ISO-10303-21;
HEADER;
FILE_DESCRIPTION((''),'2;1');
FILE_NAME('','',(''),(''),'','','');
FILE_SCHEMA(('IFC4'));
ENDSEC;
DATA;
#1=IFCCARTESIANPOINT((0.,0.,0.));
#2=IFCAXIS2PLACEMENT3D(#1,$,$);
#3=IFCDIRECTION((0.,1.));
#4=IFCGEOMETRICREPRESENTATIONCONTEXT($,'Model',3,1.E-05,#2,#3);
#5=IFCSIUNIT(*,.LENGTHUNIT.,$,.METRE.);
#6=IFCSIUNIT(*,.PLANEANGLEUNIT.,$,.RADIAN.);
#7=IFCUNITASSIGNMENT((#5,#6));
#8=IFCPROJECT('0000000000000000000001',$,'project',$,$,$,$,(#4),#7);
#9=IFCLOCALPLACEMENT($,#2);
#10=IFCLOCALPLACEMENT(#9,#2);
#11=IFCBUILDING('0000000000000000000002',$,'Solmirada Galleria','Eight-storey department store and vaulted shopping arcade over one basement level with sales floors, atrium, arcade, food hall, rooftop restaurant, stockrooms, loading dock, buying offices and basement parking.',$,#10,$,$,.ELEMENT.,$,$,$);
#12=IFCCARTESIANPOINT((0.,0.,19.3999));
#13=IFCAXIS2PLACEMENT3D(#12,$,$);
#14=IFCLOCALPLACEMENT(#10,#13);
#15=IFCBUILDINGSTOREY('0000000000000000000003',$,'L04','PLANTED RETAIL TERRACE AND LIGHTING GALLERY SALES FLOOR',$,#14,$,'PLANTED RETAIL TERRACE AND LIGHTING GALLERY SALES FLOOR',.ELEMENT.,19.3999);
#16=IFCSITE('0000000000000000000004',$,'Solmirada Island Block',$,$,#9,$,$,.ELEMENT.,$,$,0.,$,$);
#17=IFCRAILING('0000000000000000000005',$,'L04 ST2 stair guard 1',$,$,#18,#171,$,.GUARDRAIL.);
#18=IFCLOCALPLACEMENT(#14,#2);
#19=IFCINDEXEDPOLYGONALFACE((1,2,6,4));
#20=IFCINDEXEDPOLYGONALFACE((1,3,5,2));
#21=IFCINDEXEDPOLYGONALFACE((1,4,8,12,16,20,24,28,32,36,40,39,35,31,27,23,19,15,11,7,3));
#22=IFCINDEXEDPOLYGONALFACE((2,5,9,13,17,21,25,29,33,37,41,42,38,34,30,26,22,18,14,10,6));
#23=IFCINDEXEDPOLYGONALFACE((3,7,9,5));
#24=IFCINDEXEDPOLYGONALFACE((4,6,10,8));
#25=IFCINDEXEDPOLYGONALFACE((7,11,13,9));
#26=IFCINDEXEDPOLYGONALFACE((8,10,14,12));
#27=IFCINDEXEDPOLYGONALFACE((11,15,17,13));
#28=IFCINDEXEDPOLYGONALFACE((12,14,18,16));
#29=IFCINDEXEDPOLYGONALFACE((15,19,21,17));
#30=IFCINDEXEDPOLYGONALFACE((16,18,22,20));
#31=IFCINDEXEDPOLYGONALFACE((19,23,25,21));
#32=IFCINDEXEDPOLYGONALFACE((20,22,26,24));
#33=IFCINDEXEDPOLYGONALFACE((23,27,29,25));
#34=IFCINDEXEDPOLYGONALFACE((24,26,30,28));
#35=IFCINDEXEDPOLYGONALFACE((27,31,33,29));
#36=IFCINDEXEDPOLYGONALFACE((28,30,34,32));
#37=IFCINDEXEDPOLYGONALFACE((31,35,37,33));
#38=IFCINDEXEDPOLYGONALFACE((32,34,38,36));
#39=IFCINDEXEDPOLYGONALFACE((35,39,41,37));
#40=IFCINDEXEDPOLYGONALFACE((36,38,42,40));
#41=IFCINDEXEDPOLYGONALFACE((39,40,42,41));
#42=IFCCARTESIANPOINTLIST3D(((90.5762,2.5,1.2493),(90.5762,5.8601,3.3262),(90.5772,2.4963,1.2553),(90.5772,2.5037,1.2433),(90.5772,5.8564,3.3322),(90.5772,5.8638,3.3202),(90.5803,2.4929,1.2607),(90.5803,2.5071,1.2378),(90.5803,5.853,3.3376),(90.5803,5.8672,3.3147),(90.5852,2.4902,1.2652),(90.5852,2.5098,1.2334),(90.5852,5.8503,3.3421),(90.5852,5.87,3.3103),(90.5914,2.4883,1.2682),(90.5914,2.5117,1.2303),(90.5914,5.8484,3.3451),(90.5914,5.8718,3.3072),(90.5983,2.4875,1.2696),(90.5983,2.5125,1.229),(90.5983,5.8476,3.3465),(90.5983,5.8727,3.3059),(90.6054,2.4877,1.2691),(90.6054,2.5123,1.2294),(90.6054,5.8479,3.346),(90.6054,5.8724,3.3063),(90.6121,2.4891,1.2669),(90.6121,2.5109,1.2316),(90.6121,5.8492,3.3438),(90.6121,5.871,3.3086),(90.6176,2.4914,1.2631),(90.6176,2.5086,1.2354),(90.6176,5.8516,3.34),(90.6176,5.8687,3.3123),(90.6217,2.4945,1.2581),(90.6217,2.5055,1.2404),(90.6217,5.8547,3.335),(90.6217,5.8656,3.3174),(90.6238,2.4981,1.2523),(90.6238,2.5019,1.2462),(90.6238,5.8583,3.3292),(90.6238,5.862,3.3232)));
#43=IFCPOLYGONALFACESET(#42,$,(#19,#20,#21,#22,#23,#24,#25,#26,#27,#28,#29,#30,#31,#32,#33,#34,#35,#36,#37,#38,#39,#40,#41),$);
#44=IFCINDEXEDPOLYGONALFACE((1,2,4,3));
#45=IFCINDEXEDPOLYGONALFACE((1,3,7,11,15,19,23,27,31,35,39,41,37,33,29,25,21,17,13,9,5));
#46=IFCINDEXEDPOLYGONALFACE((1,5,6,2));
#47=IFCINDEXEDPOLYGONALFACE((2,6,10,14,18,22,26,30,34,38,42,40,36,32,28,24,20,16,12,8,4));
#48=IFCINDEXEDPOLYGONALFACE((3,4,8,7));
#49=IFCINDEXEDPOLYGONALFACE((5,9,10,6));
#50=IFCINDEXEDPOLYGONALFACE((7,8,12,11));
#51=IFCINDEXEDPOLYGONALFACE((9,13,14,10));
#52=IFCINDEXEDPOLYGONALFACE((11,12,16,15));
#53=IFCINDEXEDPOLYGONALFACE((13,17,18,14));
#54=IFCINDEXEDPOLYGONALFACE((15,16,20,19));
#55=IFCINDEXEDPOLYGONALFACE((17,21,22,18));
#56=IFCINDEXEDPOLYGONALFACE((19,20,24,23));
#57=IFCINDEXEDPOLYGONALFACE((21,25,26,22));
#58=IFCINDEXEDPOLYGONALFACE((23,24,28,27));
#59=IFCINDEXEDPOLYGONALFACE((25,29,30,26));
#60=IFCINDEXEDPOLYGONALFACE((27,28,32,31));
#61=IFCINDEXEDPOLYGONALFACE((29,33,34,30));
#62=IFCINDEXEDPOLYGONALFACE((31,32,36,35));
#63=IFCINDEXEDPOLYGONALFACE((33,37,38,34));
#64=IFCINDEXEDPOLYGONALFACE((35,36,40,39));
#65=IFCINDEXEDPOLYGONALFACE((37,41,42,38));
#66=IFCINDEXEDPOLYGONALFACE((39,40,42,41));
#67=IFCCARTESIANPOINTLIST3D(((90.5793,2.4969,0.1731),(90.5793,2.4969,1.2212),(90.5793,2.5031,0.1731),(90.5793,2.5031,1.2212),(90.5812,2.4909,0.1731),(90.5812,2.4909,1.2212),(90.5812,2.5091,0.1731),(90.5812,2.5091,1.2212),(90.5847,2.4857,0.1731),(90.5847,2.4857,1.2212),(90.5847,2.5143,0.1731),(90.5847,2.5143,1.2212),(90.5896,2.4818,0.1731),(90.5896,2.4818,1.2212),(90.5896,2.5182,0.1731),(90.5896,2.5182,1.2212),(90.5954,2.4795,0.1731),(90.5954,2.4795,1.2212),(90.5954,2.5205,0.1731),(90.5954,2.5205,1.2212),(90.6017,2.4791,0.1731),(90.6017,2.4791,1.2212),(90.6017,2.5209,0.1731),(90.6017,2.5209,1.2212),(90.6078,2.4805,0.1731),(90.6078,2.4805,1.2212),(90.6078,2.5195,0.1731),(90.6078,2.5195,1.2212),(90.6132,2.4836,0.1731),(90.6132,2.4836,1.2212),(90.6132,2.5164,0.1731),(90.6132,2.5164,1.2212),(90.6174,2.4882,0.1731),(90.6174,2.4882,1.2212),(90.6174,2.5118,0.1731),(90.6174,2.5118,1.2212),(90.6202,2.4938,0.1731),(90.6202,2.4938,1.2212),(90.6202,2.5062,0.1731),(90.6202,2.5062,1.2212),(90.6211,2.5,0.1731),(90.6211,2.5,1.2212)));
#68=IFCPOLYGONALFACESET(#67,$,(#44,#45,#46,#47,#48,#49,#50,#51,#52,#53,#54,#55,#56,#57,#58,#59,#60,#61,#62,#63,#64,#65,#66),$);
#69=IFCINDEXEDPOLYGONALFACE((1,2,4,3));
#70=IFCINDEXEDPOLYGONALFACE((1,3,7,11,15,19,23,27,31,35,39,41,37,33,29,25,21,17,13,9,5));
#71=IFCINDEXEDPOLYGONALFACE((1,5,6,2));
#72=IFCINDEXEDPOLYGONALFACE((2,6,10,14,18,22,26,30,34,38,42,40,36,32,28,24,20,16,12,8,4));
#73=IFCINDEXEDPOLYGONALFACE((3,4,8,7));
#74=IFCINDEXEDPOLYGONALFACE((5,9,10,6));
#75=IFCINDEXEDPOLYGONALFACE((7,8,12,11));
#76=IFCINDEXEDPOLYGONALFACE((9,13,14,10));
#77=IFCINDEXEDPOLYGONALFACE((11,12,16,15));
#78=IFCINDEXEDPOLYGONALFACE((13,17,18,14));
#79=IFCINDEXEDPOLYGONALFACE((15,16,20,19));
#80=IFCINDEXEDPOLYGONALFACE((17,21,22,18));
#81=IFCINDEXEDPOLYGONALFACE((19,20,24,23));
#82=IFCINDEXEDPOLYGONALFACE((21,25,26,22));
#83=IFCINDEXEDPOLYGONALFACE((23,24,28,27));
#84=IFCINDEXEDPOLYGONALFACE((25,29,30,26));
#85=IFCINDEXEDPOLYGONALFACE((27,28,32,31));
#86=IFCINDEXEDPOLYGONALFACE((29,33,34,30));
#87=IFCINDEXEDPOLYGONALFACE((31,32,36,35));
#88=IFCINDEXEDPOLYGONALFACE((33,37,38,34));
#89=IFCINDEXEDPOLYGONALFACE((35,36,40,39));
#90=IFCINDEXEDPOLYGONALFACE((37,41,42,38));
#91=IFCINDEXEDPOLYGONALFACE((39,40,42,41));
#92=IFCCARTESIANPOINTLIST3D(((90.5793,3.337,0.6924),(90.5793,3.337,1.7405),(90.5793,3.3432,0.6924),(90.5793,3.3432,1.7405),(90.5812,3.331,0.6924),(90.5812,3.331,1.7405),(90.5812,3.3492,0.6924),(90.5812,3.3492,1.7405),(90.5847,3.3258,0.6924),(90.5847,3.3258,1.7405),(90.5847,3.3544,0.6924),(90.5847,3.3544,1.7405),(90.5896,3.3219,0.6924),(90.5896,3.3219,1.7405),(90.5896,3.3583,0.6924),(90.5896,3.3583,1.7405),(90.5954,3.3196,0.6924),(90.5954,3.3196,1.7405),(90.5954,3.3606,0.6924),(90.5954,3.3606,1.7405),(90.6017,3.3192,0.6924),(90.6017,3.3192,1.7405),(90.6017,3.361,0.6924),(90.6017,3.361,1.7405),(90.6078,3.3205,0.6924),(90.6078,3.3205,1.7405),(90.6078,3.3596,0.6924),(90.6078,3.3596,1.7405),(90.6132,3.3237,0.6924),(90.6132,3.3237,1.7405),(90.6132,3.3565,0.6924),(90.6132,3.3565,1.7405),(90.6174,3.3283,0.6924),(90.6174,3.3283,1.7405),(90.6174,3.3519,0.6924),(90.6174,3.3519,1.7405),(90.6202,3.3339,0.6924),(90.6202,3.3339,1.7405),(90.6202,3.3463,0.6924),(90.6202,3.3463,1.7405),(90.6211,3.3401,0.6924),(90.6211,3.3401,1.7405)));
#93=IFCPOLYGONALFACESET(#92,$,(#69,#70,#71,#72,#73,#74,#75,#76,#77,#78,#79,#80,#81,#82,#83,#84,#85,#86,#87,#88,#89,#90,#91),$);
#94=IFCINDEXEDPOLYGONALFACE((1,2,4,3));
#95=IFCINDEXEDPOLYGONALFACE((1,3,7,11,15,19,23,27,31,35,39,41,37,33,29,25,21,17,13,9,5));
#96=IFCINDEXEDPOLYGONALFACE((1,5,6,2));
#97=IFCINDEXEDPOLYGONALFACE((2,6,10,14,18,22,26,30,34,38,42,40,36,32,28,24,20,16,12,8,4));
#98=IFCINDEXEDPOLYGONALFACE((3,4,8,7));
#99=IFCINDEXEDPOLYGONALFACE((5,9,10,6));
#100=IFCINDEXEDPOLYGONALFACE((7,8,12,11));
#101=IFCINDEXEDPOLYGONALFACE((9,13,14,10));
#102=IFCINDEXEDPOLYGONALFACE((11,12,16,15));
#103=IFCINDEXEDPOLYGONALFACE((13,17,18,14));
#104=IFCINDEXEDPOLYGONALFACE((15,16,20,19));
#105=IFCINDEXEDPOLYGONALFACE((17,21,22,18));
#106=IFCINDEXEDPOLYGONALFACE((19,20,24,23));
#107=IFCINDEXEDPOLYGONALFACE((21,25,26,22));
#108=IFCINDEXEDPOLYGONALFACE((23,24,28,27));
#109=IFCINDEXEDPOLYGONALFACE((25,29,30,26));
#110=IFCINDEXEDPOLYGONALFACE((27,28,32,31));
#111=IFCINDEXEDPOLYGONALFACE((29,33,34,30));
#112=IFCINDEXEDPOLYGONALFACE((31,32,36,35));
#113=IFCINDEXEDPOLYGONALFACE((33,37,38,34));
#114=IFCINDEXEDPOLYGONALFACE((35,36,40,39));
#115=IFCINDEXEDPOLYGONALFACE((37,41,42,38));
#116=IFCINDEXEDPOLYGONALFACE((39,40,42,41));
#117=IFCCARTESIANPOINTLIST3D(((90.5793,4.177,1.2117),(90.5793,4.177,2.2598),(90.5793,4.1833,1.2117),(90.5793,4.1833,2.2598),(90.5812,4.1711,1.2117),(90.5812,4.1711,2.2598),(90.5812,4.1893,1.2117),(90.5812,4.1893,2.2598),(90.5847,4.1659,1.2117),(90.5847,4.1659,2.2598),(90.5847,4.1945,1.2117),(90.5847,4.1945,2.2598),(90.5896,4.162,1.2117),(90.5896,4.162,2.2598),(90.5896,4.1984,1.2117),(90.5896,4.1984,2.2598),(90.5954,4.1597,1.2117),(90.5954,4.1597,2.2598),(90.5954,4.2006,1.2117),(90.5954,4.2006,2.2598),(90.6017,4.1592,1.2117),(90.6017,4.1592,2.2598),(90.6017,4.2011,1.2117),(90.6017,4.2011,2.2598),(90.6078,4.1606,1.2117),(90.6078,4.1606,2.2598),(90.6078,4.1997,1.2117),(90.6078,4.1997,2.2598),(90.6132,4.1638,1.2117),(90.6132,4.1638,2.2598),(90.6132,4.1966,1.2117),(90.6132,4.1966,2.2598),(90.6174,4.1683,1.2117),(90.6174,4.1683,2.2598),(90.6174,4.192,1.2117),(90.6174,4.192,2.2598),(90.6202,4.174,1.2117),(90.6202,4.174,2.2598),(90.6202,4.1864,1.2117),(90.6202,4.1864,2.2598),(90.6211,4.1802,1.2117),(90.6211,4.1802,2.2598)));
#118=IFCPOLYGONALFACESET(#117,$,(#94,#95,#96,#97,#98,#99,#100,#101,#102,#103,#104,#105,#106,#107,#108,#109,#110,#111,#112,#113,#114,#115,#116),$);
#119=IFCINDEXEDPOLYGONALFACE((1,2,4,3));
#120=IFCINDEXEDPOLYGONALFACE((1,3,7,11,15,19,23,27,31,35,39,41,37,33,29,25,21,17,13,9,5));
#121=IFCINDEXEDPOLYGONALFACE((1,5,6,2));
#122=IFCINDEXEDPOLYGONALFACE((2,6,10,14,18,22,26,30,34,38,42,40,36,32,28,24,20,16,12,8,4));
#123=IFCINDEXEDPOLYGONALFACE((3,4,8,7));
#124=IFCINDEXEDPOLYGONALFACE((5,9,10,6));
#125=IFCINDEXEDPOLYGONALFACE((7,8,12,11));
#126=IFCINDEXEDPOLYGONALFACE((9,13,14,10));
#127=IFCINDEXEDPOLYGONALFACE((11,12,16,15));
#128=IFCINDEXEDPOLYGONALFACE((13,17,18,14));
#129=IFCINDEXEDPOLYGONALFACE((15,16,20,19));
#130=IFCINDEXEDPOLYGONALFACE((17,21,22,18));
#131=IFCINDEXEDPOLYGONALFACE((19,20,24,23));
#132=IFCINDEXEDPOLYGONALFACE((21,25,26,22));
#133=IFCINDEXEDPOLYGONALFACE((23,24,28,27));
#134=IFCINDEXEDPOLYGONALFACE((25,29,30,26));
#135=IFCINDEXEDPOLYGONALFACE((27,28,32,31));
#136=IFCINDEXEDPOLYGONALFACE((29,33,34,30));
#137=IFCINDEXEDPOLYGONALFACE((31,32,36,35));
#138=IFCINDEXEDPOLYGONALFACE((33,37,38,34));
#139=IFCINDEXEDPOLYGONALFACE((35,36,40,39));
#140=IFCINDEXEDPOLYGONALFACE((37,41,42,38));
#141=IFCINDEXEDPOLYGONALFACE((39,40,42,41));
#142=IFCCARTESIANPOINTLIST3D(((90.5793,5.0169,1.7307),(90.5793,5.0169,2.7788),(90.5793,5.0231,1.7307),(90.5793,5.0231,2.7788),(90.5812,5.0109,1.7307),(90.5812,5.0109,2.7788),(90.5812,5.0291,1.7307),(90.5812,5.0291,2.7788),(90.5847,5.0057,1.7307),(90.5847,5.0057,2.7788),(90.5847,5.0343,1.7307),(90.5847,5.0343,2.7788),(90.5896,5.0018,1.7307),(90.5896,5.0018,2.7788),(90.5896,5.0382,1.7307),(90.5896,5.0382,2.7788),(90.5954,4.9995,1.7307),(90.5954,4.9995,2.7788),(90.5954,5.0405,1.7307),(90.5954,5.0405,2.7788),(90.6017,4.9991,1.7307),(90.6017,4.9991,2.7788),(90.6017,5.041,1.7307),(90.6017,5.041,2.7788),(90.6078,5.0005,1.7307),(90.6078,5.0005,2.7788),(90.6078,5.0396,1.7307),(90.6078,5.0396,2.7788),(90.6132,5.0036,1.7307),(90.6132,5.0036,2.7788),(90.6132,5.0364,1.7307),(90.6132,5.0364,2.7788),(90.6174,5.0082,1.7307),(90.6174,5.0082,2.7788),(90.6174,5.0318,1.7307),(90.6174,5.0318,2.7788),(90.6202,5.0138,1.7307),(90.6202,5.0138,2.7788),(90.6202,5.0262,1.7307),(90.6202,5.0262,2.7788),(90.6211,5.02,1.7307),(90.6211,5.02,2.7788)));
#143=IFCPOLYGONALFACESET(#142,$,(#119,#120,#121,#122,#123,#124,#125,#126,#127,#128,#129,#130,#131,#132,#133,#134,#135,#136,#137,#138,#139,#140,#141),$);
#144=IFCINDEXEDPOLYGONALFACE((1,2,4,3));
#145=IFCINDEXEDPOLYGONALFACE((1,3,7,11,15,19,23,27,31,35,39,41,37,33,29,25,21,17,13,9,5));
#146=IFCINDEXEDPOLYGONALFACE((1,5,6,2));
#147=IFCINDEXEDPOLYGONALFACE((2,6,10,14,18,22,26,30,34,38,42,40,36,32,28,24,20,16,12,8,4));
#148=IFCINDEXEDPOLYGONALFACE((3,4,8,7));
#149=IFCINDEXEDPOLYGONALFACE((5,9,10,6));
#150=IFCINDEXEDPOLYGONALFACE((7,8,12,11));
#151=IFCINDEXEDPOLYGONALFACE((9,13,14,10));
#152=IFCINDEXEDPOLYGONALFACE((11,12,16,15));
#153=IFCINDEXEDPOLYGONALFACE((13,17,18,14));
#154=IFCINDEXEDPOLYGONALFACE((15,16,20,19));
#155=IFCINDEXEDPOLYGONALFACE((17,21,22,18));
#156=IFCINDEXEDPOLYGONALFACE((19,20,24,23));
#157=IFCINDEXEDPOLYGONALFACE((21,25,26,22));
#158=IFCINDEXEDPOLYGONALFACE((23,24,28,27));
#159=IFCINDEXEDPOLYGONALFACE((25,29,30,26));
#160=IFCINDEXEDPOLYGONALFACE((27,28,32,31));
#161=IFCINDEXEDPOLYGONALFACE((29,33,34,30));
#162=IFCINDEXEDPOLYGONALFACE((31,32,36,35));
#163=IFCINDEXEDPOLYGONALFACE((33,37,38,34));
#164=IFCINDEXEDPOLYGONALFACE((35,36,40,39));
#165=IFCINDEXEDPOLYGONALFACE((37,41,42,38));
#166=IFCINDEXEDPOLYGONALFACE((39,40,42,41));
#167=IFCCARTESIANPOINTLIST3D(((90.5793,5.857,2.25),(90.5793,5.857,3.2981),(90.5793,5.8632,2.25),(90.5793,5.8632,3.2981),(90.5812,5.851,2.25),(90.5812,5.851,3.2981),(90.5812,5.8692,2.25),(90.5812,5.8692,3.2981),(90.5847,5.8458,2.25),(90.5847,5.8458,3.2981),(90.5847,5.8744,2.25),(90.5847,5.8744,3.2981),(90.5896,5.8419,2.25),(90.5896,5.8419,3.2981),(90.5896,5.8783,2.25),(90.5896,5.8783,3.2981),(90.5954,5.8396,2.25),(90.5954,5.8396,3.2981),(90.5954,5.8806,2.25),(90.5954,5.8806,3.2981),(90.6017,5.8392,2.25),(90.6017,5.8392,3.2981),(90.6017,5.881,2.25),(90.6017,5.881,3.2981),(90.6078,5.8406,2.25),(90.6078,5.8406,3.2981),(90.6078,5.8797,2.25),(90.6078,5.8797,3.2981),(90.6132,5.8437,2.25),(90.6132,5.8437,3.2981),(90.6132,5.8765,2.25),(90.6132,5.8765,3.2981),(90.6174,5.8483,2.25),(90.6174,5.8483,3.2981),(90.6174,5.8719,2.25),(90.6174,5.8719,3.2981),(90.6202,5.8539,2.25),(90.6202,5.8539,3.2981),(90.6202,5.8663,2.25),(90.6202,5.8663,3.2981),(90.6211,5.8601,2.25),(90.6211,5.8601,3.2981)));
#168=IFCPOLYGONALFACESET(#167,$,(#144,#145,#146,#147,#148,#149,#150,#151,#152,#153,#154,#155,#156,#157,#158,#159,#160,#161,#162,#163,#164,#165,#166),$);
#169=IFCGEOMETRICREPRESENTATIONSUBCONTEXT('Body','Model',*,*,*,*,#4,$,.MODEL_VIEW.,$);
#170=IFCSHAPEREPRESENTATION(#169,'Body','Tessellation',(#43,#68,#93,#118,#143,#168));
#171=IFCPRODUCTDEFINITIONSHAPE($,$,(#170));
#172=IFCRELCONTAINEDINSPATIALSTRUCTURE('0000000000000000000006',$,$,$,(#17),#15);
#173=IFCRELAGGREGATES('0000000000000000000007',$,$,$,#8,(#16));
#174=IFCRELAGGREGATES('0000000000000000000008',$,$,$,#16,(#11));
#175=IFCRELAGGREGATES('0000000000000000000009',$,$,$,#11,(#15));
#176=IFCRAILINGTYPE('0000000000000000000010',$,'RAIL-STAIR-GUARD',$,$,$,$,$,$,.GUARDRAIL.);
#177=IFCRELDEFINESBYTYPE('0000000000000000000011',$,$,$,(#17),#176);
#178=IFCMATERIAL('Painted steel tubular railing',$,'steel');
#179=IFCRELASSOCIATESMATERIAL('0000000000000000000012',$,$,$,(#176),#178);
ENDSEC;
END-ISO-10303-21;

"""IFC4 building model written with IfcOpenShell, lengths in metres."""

from ifc_helpers import new_model, si_unit, direction, frame, origin, origin_2d, place, context, subcontext, project, spatial, circle, extrude, material, type_object, element, save


model = new_model("IFC4")

# Units and contexts
model_context = context("Model", 3, precision=1e-05, world=origin(), true_north=direction((0.0, 1.0)))
body_context = subcontext(model_context, "Body", "Model", "MODEL_VIEW")
ifc_project = project(units=[si_unit("LENGTHUNIT", "METRE"), si_unit("PLANEANGLEUNIT", "RADIAN")], contexts=[model_context])

# Site, building, storey
site_placement = place(None, origin())
site = spatial("IfcSite", under=ifc_project, at=site_placement, Name="Solmirada Island Block", CompositionType="ELEMENT", RefElevation=0.0)
building_placement = place(site_placement, origin())
building = spatial("IfcBuilding", under=site, at=building_placement, Name="Solmirada Galleria", Description="Eight-storey department store and vaulted shopping arcade over one basement level with sales floors, atrium, arcade, food hall, rooftop restaurant, stockrooms, loading dock, buying offices and basement parking.", CompositionType="ELEMENT")
storey_placement = place(building_placement, frame((0.0, 0.0, 19.3999)))
storey = spatial("IfcBuildingStorey", under=building, at=storey_placement, Name="L04", Description="PLANTED RETAIL TERRACE AND LIGHTING GALLERY SALES FLOOR", LongName="PLANTED RETAIL TERRACE AND LIGHTING GALLERY SALES FLOOR", CompositionType="ELEMENT", Elevation=19.3999)

# Railing
ifc_material_1 = material(Name="Painted steel tubular railing", Category="steel")
railing_type_1 = type_object("IfcRailingType", Name="RAIL-STAIR-GUARD", PredefinedType="GUARDRAIL", material=ifc_material_1)
railing_1_placement = place(storey_placement, frame((90.6001, 2.5, 0.1731)))
element("IfcRailing", 1, at=railing_1_placement, inside=storey, type_object=railing_type_1, Name="L04 ST2 stair guard 1", PredefinedType="GUARDRAIL", context=body_context, shape_type="SweptSolid", body=[
    extrude(circle(Radius=0.0239, at=origin_2d()), frame((0.0, 0.0, 1.0762), z_axis=(0.0, 0.850623, 0.525776), x_axis=(-1.0, 0.0, 0.0)), (0.0, 0.0, 1.0), 3.9502),
    extrude(circle(Radius=0.021, at=origin_2d()), origin(), (0.0, 0.0, 1.0), 1.0481),
    extrude(circle(Radius=0.021, at=origin_2d()), frame((0.0, 0.8401, 0.5193)), (0.0, 0.0, 1.0), 1.0481),
    extrude(circle(Radius=0.021, at=origin_2d()), frame((0.0, 1.6802, 1.0386)), (0.0, 0.0, 1.0), 1.0481),
    extrude(circle(Radius=0.021, at=origin_2d()), frame((0.0, 2.52, 1.5576)), (0.0, 0.0, 1.0), 1.0481),
    extrude(circle(Radius=0.021, at=origin_2d()), frame((0.0, 3.3601, 2.0769)), (0.0, 0.0, 1.0), 1.0481),
])

save(model, "model.ifc")
